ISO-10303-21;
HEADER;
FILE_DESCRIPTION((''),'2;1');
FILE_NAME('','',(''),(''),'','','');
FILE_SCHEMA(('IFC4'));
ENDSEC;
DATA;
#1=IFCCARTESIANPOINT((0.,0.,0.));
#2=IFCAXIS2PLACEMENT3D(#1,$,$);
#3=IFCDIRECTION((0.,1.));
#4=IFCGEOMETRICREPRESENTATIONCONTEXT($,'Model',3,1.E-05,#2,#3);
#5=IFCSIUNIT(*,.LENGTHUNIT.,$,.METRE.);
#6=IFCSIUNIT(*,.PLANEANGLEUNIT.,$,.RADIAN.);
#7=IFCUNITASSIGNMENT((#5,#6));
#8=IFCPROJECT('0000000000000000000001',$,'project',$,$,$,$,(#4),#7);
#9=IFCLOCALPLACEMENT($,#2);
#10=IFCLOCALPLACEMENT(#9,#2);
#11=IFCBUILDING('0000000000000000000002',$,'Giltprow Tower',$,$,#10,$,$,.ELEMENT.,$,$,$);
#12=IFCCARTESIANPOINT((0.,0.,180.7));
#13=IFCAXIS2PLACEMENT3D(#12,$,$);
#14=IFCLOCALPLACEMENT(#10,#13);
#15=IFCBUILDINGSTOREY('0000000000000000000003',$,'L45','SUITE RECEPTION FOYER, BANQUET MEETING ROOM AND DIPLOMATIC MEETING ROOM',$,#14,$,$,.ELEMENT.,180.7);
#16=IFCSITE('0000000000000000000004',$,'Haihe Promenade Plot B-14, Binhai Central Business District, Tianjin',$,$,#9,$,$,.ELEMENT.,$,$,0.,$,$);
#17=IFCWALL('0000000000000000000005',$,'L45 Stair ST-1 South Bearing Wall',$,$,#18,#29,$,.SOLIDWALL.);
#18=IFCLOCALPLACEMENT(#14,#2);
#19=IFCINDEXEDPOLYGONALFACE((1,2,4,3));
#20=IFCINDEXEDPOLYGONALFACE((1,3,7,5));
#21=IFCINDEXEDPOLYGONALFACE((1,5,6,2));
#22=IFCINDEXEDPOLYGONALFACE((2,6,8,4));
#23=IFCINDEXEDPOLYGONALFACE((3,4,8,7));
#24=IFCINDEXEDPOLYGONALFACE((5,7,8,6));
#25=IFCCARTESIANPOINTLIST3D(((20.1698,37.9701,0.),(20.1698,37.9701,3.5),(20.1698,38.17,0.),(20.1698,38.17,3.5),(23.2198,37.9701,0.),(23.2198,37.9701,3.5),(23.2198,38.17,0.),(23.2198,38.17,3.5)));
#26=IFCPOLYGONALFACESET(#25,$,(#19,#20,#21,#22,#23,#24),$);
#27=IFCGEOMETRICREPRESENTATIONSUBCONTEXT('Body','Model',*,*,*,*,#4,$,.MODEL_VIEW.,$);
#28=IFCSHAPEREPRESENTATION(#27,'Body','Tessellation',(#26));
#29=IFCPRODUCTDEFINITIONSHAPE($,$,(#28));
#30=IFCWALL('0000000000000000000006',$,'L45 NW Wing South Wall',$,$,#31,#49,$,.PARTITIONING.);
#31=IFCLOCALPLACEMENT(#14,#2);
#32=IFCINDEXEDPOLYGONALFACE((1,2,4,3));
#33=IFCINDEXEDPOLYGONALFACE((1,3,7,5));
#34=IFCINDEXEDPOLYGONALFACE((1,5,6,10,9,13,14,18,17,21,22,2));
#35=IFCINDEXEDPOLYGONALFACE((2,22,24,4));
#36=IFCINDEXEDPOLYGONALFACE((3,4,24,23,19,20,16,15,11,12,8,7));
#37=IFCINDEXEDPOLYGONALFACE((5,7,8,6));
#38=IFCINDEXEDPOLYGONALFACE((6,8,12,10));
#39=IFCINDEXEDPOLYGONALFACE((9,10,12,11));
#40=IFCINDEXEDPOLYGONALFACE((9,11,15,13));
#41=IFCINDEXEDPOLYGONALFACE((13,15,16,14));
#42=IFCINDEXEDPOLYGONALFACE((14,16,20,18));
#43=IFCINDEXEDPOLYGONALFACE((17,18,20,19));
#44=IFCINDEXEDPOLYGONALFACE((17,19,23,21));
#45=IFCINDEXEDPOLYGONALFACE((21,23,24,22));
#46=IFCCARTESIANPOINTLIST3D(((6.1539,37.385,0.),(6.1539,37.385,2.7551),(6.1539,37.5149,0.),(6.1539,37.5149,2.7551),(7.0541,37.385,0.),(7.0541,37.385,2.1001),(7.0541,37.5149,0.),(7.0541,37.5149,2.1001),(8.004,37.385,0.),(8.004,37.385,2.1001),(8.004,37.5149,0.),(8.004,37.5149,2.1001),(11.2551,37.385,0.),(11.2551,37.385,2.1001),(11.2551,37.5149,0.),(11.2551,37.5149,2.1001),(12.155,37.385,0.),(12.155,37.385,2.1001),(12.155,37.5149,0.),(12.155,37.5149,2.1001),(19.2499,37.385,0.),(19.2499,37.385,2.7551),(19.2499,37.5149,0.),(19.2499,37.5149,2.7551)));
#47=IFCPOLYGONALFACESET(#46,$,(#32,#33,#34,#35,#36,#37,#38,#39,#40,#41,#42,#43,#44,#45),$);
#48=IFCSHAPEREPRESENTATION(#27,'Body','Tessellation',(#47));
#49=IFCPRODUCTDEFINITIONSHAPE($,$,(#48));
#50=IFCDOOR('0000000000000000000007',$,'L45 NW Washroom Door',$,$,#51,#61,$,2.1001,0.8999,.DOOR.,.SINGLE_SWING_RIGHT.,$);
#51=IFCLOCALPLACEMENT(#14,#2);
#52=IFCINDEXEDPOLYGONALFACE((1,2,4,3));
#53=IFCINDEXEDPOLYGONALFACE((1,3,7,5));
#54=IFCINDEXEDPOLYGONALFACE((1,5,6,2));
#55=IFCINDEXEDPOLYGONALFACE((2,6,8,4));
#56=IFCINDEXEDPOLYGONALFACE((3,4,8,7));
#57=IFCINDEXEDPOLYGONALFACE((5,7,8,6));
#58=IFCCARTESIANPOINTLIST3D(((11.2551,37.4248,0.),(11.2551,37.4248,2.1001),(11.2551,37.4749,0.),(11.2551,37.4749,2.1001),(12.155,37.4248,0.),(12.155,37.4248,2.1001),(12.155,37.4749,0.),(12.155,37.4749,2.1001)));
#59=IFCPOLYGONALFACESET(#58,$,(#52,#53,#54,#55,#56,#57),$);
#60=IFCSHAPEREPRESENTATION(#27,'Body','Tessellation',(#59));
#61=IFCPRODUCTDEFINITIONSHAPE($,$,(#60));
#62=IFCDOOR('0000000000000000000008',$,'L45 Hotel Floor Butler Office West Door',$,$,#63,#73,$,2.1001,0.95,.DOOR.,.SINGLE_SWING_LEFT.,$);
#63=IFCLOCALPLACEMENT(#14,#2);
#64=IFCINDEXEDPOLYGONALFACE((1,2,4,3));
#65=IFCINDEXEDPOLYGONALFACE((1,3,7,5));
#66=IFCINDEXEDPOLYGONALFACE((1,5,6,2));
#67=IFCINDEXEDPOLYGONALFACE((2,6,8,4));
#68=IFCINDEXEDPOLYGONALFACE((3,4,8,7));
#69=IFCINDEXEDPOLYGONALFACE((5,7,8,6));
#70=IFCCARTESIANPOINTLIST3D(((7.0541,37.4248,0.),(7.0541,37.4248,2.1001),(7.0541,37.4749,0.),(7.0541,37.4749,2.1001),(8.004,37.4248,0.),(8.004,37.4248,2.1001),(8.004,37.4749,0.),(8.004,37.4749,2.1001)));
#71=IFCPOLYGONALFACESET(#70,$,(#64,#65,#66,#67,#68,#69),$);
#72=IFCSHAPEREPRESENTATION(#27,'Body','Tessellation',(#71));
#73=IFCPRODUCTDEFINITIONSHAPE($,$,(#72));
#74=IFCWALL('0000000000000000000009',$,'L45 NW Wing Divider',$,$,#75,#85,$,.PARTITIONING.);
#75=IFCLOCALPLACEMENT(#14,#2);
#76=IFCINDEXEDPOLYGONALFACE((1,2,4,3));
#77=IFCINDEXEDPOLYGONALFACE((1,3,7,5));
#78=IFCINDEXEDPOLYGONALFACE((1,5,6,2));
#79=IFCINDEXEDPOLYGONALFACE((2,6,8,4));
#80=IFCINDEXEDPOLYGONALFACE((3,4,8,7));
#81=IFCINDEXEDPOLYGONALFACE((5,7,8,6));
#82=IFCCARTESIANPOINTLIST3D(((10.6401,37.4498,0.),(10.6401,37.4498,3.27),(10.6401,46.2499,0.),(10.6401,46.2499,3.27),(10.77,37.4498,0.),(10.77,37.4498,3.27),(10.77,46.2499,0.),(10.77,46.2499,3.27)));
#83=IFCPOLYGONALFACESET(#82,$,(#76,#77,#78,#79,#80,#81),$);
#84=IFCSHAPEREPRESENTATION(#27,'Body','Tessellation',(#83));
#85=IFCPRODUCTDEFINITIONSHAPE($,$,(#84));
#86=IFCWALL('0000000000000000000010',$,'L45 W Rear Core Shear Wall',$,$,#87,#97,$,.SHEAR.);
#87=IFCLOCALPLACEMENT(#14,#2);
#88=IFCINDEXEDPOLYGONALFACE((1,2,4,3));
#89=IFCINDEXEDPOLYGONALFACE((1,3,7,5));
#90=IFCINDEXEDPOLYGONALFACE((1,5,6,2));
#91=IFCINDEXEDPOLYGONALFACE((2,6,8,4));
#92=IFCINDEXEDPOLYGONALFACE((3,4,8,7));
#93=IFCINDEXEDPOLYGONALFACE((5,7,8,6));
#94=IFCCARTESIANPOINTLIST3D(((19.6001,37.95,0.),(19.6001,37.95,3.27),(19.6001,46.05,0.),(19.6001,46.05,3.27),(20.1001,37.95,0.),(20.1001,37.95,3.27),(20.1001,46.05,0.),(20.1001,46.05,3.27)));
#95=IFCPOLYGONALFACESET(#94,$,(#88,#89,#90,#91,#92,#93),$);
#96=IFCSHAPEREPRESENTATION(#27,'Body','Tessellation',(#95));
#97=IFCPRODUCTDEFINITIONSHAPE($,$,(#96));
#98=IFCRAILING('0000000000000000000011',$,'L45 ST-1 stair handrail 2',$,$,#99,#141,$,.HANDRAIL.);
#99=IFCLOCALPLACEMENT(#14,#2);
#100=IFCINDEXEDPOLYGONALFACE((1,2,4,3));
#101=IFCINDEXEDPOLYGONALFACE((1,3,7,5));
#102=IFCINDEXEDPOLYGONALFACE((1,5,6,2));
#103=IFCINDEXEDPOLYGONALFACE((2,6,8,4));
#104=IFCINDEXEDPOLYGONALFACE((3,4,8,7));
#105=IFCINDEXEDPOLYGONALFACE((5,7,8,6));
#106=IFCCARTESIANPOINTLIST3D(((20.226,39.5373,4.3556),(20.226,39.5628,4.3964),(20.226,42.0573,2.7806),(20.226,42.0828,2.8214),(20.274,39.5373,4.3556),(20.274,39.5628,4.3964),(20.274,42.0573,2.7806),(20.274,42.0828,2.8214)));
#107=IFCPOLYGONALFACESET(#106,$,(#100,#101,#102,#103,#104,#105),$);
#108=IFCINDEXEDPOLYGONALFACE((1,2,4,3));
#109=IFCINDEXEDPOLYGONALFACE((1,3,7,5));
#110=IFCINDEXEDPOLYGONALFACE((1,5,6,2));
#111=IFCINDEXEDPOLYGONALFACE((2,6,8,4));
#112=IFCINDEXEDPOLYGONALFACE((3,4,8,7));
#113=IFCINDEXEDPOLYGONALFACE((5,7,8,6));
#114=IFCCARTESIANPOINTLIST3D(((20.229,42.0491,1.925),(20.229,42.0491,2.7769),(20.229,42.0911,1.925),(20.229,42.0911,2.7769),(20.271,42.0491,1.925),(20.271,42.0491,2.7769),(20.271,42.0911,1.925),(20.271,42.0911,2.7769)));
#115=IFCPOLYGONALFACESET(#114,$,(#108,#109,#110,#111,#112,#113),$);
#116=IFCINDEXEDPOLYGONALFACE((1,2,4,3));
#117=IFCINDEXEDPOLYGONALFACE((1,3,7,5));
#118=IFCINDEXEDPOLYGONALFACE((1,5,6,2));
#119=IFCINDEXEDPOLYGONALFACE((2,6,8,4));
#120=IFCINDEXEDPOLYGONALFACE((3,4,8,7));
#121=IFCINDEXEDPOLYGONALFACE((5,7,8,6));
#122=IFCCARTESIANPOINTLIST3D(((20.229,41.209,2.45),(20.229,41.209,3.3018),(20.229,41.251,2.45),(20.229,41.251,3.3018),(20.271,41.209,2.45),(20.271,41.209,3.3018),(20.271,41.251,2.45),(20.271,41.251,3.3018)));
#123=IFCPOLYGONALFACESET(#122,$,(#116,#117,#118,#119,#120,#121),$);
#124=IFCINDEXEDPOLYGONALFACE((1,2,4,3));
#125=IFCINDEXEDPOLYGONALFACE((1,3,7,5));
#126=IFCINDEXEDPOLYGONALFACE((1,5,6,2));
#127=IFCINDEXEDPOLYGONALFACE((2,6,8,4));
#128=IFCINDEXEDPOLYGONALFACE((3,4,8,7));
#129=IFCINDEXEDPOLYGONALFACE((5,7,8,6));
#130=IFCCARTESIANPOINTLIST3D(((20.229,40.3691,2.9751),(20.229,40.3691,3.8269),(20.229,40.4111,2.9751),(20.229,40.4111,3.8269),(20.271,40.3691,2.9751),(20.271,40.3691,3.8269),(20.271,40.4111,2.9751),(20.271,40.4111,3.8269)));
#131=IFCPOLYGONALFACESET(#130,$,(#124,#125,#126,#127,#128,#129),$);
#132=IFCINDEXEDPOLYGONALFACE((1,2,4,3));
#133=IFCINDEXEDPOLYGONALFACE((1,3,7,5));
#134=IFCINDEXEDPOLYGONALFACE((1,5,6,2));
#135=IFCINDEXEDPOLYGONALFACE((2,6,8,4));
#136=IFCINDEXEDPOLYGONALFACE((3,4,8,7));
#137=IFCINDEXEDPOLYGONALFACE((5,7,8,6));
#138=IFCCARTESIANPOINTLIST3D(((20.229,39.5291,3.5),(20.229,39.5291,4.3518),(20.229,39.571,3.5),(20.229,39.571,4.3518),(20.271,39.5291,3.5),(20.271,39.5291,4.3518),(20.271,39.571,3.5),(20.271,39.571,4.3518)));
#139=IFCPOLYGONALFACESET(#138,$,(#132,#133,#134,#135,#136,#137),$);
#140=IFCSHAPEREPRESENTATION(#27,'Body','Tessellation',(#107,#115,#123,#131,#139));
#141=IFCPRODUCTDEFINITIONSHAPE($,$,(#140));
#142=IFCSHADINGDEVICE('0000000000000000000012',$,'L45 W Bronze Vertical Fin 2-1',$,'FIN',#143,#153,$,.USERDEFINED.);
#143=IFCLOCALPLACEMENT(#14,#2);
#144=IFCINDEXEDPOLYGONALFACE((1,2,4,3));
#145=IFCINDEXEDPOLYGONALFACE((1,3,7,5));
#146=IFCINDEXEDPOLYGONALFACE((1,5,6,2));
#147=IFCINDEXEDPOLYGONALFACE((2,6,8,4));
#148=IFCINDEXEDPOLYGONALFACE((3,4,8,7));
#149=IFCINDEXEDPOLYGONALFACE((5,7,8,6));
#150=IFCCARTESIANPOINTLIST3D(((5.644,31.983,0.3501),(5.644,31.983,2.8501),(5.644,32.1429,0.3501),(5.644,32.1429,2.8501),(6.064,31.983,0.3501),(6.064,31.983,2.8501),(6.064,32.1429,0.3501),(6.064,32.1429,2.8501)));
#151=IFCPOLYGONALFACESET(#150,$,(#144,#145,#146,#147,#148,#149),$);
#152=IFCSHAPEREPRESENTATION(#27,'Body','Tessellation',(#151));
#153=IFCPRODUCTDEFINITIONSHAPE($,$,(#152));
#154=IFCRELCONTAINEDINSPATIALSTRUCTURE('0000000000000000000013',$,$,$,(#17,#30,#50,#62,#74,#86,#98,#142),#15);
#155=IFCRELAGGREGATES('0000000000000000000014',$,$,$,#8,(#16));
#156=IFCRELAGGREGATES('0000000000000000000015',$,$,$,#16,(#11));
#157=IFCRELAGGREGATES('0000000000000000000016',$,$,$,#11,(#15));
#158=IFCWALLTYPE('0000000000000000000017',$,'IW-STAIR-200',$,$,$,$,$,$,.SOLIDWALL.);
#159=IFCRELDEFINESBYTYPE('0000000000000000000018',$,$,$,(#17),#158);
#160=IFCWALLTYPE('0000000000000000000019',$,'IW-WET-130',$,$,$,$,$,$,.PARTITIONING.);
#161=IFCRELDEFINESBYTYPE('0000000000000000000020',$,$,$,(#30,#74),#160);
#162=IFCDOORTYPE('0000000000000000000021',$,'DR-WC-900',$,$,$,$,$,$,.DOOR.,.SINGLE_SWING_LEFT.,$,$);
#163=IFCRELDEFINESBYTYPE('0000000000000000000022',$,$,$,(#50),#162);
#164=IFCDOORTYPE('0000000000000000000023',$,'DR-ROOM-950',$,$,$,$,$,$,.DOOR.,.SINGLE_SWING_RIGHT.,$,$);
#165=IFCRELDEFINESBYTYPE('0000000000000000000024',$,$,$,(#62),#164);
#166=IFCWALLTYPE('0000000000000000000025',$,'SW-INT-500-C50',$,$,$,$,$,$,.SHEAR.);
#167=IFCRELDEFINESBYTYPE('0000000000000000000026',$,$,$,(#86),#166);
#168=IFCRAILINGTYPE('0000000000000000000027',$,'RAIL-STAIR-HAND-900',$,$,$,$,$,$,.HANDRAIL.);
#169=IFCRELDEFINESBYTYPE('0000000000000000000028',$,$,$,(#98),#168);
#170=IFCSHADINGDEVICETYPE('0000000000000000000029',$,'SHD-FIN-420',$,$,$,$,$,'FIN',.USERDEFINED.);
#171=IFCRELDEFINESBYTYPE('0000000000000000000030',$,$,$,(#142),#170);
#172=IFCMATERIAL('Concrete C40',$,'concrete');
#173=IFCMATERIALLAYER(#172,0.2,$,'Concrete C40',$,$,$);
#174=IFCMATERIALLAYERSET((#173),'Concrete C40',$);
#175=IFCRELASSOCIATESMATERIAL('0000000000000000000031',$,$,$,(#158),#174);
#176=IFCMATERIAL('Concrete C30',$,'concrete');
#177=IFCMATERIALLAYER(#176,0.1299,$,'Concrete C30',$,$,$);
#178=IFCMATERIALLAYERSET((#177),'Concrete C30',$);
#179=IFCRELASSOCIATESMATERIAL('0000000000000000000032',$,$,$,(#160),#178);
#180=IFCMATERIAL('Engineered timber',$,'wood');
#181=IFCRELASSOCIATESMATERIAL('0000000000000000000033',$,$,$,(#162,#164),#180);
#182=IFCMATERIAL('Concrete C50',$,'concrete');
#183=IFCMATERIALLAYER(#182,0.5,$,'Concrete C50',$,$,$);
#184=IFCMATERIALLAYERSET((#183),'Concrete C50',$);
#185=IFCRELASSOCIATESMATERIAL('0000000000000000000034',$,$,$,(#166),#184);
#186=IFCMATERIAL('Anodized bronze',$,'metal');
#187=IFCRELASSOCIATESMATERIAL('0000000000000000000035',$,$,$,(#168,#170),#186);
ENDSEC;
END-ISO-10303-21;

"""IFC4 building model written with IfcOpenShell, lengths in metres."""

from ifc_helpers import new_model, si_unit, direction, frame, frame_2d, origin, origin_2d, place, context, subcontext, project, spatial, rectangle, extrude, source, transform, mapped, material, layer, layer_set, type_object, element, fill, save


model = new_model("IFC4")

# Units and contexts
model_context = context("Model", 3, precision=1e-05, world=origin(), true_north=direction((0.0, 1.0)))
body_context = subcontext(model_context, "Body", "Model", "MODEL_VIEW")
ifc_project = project(units=[si_unit("LENGTHUNIT", "METRE"), si_unit("PLANEANGLEUNIT", "RADIAN")], contexts=[model_context])

# Site, building, storey
site_placement = place(None, origin())
site = spatial("IfcSite", under=ifc_project, at=site_placement, Name="Haihe Promenade Plot B-14, Binhai Central Business District, Tianjin", CompositionType="ELEMENT", RefElevation=0.0)
building_placement = place(site_placement, origin())
building = spatial("IfcBuilding", under=site, at=building_placement, Name="Giltprow Tower", CompositionType="ELEMENT")
storey_placement = place(building_placement, frame((0.0, 0.0, 180.7)))
storey = spatial("IfcBuildingStorey", under=building, at=storey_placement, Name="L45", Description="SUITE RECEPTION FOYER, BANQUET MEETING ROOM AND DIPLOMATIC MEETING ROOM", CompositionType="ELEMENT", Elevation=180.7)

# Shared definitions
ifc_material_1 = material(Name="Concrete C50", Category="concrete")

# Shared definitions
ifc_material_2 = material(Name="Engineered timber", Category="wood")

# Wall
ifc_material_3 = material(Name="Concrete C40", Category="concrete")
ifc_layer_1 = layer(ifc_material_3, 0.2, Name="Concrete C40")
ifc_layer_set_1 = layer_set([ifc_layer_1], Name="Concrete C40")
wall_type_1 = type_object("IfcWallType", Name="IW-STAIR-200", PredefinedType="SOLIDWALL", material=ifc_layer_set_1)
wall_1_placement = place(storey_placement, frame((20.1699, 38.0701, 0.0), z_axis=(0.0, 0.0, 1.0), x_axis=(1.0, 0.0, 0.0)))
element("IfcWall", 1, at=wall_1_placement, inside=storey, type_object=wall_type_1, Name="L45 Stair ST-1 South Bearing Wall", PredefinedType="SOLIDWALL", context=body_context, shape_type="SweptSolid", body=[
    extrude(rectangle(XDim=3.05, YDim=0.2, at=frame_2d((1.5249, 0.0))), origin(), (0.0, 0.0, 1.0), 3.5),
])

# Wall, openings, doors
ifc_material_4 = material(Name="Concrete C30", Category="concrete")
ifc_layer_2 = layer(ifc_material_4, 0.1299, Name="Concrete C30")
ifc_layer_set_2 = layer_set([ifc_layer_2], Name="Concrete C30")
wall_type_2 = type_object("IfcWallType", Name="IW-WET-130", PredefinedType="PARTITIONING", material=ifc_layer_set_2)
wall_2_placement = place(storey_placement, frame((6.1541, 37.45, 0.0), z_axis=(0.0, 0.0, 1.0), x_axis=(1.0, 0.0, 0.0)))
wall_2 = element("IfcWall", 2, at=wall_2_placement, inside=storey, type_object=wall_type_2, Name="L45 NW Wing South Wall", PredefinedType="PARTITIONING", context=body_context, shape_type="SweptSolid", body=[
    extrude(rectangle(XDim=13.0959, YDim=0.1299, at=frame_2d((6.5479, 0.0))), origin(), (0.0, 0.0, 1.0), 2.7551),
])
opening_1_placement = place(wall_2_placement, frame((0.8999, 0.0, 0.0)))
opening_1 = element("IfcOpeningElement", 3, at=opening_1_placement, cuts=wall_2, PredefinedType="OPENING", context=body_context, shape_type="SweptSolid", body=[
    extrude(rectangle(XDim=0.95, YDim=2.1001, at=frame_2d((0.4751, 1.05))), frame((0.0, 0.075, 0.0), z_axis=(0.0, -1.0, 0.0), x_axis=(1.0, 0.0, 0.0)), (0.0, 0.0, 1.0), 0.1499),
])
opening_2_placement = place(wall_2_placement, frame((5.1011, 0.0, 0.0)))
opening_2 = element("IfcOpeningElement", 4, at=opening_2_placement, cuts=wall_2, PredefinedType="OPENING", context=body_context, shape_type="SweptSolid", body=[
    extrude(rectangle(XDim=0.8999, YDim=2.1001, at=frame_2d((0.45, 1.05))), frame((0.0, 0.075, 0.0), z_axis=(0.0, -1.0, 0.0), x_axis=(1.0, 0.0, 0.0)), (0.0, 0.0, 1.0), 0.1499),
])
door_type_1 = type_object("IfcDoorType", Name="DR-WC-900", OperationType="SINGLE_SWING_LEFT", PredefinedType="DOOR", material=ifc_material_2)
shared_shape_1 = source(origin(), body_context, "Body", "SweptSolid", [
    extrude(rectangle(XDim=0.8999, YDim=2.1001, at=frame_2d((0.45, 1.05))), frame((0.0, 0.0249, 0.0), z_axis=(0.0, -1.0, 0.0), x_axis=(1.0, 0.0, 0.0)), (0.0, 0.0, 1.0), 0.05),
])
door_1_placement = place(opening_2_placement, origin())
door_1 = element("IfcDoor", 5, at=door_1_placement, inside=storey, type_object=door_type_1, Name="L45 NW Washroom Door", OperationType="SINGLE_SWING_RIGHT", OverallHeight=2.1001, OverallWidth=0.8999, PredefinedType="DOOR", context=body_context, shape_type="MappedRepresentation", body=[
    mapped(shared_shape_1, transform((0.0, 0.0, 0.0), x_axis=(1.0, 0.0, 0.0), y_axis=(0.0, 1.0, 0.0), z_axis=(0.0, 0.0, 1.0), scale=1.0)),
])
fill(opening_2, door_1)
door_type_2 = type_object("IfcDoorType", Name="DR-ROOM-950", OperationType="SINGLE_SWING_RIGHT", PredefinedType="DOOR", material=ifc_material_2)
shared_shape_2 = source(origin(), body_context, "Body", "SweptSolid", [
    extrude(rectangle(XDim=0.95, YDim=2.1001, at=frame_2d((0.4751, 1.05))), frame((0.0, 0.0249, 0.0), z_axis=(0.0, -1.0, 0.0), x_axis=(1.0, 0.0, 0.0)), (0.0, 0.0, 1.0), 0.05),
])
door_2_placement = place(opening_1_placement, origin())
door_2 = element("IfcDoor", 6, at=door_2_placement, inside=storey, type_object=door_type_2, Name="L45 Hotel Floor Butler Office West Door", OperationType="SINGLE_SWING_LEFT", OverallHeight=2.1001, OverallWidth=0.95, PredefinedType="DOOR", context=body_context, shape_type="MappedRepresentation", body=[
    mapped(shared_shape_2, transform((0.0, 0.0, 0.0), x_axis=(1.0, 0.0, 0.0), y_axis=(0.0, 1.0, 0.0), z_axis=(0.0, 0.0, 1.0), scale=1.0)),
])
fill(opening_1, door_2)

# Walls
wall_3_placement = place(storey_placement, frame((10.7051, 37.45, 0.0), z_axis=(0.0, 0.0, 1.0), x_axis=(0.0, 1.0, 0.0)))
element("IfcWall", 7, at=wall_3_placement, inside=storey, type_object=wall_type_2, Name="L45 NW Wing Divider", PredefinedType="PARTITIONING", context=body_context, shape_type="SweptSolid", body=[
    extrude(rectangle(XDim=8.8, YDim=0.1299, at=frame_2d((4.3999, 0.0))), origin(), (0.0, 0.0, 1.0), 3.27),
])
ifc_layer_3 = layer(ifc_material_1, 0.5, Name="Concrete C50")
ifc_layer_set_3 = layer_set([ifc_layer_3], Name="Concrete C50")
wall_type_3 = type_object("IfcWallType", Name="SW-INT-500-C50", PredefinedType="SHEAR", material=ifc_layer_set_3)
wall_4_placement = place(storey_placement, frame((19.8501, 37.95, 0.0), z_axis=(0.0, 0.0, 1.0), x_axis=(0.0, 1.0, 0.0)))
element("IfcWall", 8, at=wall_4_placement, inside=storey, type_object=wall_type_3, Name="L45 W Rear Core Shear Wall", PredefinedType="SHEAR", context=body_context, shape_type="SweptSolid", body=[
    extrude(rectangle(XDim=8.1001, YDim=0.5, at=frame_2d((4.05, 0.0))), origin(), (0.0, 0.0, 1.0), 3.27),
])

# Railing
ifc_material_5 = material(Name="Anodized bronze", Category="metal")
railing_type = type_object("IfcRailingType", Name="RAIL-STAIR-HAND-900", PredefinedType="HANDRAIL", material=ifc_material_5)
railing_placement = place(storey_placement, frame((20.25, 42.0701, 1.925)))
element("IfcRailing", 9, at=railing_placement, inside=storey, type_object=railing_type, Name="L45 ST-1 stair handrail 2", PredefinedType="HANDRAIL", context=body_context, shape_type="SweptSolid", body=[
    extrude(rectangle(XDim=0.0481, YDim=0.0481, at=origin_2d()), frame((0.0, 0.0, 0.876), z_axis=(0.0, -0.848008, 0.529984), x_axis=(1.0, 0.0, 0.0)), (0.0, 0.0, 1.0), 2.9717),
    extrude(rectangle(XDim=0.042, YDim=0.042, at=origin_2d()), origin(), (0.0, 0.0, 1.0), 0.8518),
    extrude(rectangle(XDim=0.042, YDim=0.042, at=origin_2d()), frame((0.0, -0.8401, 0.5249)), (0.0, 0.0, 1.0), 0.8518),
    extrude(rectangle(XDim=0.042, YDim=0.042, at=origin_2d()), frame((0.0, -1.6799, 1.05)), (0.0, 0.0, 1.0), 0.8518),
    extrude(rectangle(XDim=0.042, YDim=0.042, at=origin_2d()), frame((0.0, -2.52, 1.575)), (0.0, 0.0, 1.0), 0.8518),
])

# Shading device
shading_device_type = type_object("IfcShadingDeviceType", Name="SHD-FIN-420", ElementType="FIN", PredefinedType="USERDEFINED", material=ifc_material_5)
shared_shape_3 = source(origin(), body_context, "Body", "SweptSolid", [
    extrude(rectangle(XDim=0.4199, YDim=0.1599, at=origin_2d()), origin(), (0.0, 0.0, 1.0), 2.5),
])
shading_device_placement = place(storey_placement, frame((5.854, 32.063, 0.3501), z_axis=(0.0, 0.0, 1.0), x_axis=(1.0, 0.0, 0.0)))
element("IfcShadingDevice", 10, at=shading_device_placement, inside=storey, type_object=shading_device_type, Name="L45 W Bronze Vertical Fin 2-1", ObjectType="FIN", PredefinedType="USERDEFINED", context=body_context, shape_type="MappedRepresentation", body=[
    mapped(shared_shape_3, transform((0.0, 0.0, 0.0), x_axis=(1.0, 0.0, 0.0), y_axis=(0.0, 1.0, 0.0), z_axis=(0.0, 0.0, 1.0), scale=1.0)),
])

save(model, "model.ifc")
